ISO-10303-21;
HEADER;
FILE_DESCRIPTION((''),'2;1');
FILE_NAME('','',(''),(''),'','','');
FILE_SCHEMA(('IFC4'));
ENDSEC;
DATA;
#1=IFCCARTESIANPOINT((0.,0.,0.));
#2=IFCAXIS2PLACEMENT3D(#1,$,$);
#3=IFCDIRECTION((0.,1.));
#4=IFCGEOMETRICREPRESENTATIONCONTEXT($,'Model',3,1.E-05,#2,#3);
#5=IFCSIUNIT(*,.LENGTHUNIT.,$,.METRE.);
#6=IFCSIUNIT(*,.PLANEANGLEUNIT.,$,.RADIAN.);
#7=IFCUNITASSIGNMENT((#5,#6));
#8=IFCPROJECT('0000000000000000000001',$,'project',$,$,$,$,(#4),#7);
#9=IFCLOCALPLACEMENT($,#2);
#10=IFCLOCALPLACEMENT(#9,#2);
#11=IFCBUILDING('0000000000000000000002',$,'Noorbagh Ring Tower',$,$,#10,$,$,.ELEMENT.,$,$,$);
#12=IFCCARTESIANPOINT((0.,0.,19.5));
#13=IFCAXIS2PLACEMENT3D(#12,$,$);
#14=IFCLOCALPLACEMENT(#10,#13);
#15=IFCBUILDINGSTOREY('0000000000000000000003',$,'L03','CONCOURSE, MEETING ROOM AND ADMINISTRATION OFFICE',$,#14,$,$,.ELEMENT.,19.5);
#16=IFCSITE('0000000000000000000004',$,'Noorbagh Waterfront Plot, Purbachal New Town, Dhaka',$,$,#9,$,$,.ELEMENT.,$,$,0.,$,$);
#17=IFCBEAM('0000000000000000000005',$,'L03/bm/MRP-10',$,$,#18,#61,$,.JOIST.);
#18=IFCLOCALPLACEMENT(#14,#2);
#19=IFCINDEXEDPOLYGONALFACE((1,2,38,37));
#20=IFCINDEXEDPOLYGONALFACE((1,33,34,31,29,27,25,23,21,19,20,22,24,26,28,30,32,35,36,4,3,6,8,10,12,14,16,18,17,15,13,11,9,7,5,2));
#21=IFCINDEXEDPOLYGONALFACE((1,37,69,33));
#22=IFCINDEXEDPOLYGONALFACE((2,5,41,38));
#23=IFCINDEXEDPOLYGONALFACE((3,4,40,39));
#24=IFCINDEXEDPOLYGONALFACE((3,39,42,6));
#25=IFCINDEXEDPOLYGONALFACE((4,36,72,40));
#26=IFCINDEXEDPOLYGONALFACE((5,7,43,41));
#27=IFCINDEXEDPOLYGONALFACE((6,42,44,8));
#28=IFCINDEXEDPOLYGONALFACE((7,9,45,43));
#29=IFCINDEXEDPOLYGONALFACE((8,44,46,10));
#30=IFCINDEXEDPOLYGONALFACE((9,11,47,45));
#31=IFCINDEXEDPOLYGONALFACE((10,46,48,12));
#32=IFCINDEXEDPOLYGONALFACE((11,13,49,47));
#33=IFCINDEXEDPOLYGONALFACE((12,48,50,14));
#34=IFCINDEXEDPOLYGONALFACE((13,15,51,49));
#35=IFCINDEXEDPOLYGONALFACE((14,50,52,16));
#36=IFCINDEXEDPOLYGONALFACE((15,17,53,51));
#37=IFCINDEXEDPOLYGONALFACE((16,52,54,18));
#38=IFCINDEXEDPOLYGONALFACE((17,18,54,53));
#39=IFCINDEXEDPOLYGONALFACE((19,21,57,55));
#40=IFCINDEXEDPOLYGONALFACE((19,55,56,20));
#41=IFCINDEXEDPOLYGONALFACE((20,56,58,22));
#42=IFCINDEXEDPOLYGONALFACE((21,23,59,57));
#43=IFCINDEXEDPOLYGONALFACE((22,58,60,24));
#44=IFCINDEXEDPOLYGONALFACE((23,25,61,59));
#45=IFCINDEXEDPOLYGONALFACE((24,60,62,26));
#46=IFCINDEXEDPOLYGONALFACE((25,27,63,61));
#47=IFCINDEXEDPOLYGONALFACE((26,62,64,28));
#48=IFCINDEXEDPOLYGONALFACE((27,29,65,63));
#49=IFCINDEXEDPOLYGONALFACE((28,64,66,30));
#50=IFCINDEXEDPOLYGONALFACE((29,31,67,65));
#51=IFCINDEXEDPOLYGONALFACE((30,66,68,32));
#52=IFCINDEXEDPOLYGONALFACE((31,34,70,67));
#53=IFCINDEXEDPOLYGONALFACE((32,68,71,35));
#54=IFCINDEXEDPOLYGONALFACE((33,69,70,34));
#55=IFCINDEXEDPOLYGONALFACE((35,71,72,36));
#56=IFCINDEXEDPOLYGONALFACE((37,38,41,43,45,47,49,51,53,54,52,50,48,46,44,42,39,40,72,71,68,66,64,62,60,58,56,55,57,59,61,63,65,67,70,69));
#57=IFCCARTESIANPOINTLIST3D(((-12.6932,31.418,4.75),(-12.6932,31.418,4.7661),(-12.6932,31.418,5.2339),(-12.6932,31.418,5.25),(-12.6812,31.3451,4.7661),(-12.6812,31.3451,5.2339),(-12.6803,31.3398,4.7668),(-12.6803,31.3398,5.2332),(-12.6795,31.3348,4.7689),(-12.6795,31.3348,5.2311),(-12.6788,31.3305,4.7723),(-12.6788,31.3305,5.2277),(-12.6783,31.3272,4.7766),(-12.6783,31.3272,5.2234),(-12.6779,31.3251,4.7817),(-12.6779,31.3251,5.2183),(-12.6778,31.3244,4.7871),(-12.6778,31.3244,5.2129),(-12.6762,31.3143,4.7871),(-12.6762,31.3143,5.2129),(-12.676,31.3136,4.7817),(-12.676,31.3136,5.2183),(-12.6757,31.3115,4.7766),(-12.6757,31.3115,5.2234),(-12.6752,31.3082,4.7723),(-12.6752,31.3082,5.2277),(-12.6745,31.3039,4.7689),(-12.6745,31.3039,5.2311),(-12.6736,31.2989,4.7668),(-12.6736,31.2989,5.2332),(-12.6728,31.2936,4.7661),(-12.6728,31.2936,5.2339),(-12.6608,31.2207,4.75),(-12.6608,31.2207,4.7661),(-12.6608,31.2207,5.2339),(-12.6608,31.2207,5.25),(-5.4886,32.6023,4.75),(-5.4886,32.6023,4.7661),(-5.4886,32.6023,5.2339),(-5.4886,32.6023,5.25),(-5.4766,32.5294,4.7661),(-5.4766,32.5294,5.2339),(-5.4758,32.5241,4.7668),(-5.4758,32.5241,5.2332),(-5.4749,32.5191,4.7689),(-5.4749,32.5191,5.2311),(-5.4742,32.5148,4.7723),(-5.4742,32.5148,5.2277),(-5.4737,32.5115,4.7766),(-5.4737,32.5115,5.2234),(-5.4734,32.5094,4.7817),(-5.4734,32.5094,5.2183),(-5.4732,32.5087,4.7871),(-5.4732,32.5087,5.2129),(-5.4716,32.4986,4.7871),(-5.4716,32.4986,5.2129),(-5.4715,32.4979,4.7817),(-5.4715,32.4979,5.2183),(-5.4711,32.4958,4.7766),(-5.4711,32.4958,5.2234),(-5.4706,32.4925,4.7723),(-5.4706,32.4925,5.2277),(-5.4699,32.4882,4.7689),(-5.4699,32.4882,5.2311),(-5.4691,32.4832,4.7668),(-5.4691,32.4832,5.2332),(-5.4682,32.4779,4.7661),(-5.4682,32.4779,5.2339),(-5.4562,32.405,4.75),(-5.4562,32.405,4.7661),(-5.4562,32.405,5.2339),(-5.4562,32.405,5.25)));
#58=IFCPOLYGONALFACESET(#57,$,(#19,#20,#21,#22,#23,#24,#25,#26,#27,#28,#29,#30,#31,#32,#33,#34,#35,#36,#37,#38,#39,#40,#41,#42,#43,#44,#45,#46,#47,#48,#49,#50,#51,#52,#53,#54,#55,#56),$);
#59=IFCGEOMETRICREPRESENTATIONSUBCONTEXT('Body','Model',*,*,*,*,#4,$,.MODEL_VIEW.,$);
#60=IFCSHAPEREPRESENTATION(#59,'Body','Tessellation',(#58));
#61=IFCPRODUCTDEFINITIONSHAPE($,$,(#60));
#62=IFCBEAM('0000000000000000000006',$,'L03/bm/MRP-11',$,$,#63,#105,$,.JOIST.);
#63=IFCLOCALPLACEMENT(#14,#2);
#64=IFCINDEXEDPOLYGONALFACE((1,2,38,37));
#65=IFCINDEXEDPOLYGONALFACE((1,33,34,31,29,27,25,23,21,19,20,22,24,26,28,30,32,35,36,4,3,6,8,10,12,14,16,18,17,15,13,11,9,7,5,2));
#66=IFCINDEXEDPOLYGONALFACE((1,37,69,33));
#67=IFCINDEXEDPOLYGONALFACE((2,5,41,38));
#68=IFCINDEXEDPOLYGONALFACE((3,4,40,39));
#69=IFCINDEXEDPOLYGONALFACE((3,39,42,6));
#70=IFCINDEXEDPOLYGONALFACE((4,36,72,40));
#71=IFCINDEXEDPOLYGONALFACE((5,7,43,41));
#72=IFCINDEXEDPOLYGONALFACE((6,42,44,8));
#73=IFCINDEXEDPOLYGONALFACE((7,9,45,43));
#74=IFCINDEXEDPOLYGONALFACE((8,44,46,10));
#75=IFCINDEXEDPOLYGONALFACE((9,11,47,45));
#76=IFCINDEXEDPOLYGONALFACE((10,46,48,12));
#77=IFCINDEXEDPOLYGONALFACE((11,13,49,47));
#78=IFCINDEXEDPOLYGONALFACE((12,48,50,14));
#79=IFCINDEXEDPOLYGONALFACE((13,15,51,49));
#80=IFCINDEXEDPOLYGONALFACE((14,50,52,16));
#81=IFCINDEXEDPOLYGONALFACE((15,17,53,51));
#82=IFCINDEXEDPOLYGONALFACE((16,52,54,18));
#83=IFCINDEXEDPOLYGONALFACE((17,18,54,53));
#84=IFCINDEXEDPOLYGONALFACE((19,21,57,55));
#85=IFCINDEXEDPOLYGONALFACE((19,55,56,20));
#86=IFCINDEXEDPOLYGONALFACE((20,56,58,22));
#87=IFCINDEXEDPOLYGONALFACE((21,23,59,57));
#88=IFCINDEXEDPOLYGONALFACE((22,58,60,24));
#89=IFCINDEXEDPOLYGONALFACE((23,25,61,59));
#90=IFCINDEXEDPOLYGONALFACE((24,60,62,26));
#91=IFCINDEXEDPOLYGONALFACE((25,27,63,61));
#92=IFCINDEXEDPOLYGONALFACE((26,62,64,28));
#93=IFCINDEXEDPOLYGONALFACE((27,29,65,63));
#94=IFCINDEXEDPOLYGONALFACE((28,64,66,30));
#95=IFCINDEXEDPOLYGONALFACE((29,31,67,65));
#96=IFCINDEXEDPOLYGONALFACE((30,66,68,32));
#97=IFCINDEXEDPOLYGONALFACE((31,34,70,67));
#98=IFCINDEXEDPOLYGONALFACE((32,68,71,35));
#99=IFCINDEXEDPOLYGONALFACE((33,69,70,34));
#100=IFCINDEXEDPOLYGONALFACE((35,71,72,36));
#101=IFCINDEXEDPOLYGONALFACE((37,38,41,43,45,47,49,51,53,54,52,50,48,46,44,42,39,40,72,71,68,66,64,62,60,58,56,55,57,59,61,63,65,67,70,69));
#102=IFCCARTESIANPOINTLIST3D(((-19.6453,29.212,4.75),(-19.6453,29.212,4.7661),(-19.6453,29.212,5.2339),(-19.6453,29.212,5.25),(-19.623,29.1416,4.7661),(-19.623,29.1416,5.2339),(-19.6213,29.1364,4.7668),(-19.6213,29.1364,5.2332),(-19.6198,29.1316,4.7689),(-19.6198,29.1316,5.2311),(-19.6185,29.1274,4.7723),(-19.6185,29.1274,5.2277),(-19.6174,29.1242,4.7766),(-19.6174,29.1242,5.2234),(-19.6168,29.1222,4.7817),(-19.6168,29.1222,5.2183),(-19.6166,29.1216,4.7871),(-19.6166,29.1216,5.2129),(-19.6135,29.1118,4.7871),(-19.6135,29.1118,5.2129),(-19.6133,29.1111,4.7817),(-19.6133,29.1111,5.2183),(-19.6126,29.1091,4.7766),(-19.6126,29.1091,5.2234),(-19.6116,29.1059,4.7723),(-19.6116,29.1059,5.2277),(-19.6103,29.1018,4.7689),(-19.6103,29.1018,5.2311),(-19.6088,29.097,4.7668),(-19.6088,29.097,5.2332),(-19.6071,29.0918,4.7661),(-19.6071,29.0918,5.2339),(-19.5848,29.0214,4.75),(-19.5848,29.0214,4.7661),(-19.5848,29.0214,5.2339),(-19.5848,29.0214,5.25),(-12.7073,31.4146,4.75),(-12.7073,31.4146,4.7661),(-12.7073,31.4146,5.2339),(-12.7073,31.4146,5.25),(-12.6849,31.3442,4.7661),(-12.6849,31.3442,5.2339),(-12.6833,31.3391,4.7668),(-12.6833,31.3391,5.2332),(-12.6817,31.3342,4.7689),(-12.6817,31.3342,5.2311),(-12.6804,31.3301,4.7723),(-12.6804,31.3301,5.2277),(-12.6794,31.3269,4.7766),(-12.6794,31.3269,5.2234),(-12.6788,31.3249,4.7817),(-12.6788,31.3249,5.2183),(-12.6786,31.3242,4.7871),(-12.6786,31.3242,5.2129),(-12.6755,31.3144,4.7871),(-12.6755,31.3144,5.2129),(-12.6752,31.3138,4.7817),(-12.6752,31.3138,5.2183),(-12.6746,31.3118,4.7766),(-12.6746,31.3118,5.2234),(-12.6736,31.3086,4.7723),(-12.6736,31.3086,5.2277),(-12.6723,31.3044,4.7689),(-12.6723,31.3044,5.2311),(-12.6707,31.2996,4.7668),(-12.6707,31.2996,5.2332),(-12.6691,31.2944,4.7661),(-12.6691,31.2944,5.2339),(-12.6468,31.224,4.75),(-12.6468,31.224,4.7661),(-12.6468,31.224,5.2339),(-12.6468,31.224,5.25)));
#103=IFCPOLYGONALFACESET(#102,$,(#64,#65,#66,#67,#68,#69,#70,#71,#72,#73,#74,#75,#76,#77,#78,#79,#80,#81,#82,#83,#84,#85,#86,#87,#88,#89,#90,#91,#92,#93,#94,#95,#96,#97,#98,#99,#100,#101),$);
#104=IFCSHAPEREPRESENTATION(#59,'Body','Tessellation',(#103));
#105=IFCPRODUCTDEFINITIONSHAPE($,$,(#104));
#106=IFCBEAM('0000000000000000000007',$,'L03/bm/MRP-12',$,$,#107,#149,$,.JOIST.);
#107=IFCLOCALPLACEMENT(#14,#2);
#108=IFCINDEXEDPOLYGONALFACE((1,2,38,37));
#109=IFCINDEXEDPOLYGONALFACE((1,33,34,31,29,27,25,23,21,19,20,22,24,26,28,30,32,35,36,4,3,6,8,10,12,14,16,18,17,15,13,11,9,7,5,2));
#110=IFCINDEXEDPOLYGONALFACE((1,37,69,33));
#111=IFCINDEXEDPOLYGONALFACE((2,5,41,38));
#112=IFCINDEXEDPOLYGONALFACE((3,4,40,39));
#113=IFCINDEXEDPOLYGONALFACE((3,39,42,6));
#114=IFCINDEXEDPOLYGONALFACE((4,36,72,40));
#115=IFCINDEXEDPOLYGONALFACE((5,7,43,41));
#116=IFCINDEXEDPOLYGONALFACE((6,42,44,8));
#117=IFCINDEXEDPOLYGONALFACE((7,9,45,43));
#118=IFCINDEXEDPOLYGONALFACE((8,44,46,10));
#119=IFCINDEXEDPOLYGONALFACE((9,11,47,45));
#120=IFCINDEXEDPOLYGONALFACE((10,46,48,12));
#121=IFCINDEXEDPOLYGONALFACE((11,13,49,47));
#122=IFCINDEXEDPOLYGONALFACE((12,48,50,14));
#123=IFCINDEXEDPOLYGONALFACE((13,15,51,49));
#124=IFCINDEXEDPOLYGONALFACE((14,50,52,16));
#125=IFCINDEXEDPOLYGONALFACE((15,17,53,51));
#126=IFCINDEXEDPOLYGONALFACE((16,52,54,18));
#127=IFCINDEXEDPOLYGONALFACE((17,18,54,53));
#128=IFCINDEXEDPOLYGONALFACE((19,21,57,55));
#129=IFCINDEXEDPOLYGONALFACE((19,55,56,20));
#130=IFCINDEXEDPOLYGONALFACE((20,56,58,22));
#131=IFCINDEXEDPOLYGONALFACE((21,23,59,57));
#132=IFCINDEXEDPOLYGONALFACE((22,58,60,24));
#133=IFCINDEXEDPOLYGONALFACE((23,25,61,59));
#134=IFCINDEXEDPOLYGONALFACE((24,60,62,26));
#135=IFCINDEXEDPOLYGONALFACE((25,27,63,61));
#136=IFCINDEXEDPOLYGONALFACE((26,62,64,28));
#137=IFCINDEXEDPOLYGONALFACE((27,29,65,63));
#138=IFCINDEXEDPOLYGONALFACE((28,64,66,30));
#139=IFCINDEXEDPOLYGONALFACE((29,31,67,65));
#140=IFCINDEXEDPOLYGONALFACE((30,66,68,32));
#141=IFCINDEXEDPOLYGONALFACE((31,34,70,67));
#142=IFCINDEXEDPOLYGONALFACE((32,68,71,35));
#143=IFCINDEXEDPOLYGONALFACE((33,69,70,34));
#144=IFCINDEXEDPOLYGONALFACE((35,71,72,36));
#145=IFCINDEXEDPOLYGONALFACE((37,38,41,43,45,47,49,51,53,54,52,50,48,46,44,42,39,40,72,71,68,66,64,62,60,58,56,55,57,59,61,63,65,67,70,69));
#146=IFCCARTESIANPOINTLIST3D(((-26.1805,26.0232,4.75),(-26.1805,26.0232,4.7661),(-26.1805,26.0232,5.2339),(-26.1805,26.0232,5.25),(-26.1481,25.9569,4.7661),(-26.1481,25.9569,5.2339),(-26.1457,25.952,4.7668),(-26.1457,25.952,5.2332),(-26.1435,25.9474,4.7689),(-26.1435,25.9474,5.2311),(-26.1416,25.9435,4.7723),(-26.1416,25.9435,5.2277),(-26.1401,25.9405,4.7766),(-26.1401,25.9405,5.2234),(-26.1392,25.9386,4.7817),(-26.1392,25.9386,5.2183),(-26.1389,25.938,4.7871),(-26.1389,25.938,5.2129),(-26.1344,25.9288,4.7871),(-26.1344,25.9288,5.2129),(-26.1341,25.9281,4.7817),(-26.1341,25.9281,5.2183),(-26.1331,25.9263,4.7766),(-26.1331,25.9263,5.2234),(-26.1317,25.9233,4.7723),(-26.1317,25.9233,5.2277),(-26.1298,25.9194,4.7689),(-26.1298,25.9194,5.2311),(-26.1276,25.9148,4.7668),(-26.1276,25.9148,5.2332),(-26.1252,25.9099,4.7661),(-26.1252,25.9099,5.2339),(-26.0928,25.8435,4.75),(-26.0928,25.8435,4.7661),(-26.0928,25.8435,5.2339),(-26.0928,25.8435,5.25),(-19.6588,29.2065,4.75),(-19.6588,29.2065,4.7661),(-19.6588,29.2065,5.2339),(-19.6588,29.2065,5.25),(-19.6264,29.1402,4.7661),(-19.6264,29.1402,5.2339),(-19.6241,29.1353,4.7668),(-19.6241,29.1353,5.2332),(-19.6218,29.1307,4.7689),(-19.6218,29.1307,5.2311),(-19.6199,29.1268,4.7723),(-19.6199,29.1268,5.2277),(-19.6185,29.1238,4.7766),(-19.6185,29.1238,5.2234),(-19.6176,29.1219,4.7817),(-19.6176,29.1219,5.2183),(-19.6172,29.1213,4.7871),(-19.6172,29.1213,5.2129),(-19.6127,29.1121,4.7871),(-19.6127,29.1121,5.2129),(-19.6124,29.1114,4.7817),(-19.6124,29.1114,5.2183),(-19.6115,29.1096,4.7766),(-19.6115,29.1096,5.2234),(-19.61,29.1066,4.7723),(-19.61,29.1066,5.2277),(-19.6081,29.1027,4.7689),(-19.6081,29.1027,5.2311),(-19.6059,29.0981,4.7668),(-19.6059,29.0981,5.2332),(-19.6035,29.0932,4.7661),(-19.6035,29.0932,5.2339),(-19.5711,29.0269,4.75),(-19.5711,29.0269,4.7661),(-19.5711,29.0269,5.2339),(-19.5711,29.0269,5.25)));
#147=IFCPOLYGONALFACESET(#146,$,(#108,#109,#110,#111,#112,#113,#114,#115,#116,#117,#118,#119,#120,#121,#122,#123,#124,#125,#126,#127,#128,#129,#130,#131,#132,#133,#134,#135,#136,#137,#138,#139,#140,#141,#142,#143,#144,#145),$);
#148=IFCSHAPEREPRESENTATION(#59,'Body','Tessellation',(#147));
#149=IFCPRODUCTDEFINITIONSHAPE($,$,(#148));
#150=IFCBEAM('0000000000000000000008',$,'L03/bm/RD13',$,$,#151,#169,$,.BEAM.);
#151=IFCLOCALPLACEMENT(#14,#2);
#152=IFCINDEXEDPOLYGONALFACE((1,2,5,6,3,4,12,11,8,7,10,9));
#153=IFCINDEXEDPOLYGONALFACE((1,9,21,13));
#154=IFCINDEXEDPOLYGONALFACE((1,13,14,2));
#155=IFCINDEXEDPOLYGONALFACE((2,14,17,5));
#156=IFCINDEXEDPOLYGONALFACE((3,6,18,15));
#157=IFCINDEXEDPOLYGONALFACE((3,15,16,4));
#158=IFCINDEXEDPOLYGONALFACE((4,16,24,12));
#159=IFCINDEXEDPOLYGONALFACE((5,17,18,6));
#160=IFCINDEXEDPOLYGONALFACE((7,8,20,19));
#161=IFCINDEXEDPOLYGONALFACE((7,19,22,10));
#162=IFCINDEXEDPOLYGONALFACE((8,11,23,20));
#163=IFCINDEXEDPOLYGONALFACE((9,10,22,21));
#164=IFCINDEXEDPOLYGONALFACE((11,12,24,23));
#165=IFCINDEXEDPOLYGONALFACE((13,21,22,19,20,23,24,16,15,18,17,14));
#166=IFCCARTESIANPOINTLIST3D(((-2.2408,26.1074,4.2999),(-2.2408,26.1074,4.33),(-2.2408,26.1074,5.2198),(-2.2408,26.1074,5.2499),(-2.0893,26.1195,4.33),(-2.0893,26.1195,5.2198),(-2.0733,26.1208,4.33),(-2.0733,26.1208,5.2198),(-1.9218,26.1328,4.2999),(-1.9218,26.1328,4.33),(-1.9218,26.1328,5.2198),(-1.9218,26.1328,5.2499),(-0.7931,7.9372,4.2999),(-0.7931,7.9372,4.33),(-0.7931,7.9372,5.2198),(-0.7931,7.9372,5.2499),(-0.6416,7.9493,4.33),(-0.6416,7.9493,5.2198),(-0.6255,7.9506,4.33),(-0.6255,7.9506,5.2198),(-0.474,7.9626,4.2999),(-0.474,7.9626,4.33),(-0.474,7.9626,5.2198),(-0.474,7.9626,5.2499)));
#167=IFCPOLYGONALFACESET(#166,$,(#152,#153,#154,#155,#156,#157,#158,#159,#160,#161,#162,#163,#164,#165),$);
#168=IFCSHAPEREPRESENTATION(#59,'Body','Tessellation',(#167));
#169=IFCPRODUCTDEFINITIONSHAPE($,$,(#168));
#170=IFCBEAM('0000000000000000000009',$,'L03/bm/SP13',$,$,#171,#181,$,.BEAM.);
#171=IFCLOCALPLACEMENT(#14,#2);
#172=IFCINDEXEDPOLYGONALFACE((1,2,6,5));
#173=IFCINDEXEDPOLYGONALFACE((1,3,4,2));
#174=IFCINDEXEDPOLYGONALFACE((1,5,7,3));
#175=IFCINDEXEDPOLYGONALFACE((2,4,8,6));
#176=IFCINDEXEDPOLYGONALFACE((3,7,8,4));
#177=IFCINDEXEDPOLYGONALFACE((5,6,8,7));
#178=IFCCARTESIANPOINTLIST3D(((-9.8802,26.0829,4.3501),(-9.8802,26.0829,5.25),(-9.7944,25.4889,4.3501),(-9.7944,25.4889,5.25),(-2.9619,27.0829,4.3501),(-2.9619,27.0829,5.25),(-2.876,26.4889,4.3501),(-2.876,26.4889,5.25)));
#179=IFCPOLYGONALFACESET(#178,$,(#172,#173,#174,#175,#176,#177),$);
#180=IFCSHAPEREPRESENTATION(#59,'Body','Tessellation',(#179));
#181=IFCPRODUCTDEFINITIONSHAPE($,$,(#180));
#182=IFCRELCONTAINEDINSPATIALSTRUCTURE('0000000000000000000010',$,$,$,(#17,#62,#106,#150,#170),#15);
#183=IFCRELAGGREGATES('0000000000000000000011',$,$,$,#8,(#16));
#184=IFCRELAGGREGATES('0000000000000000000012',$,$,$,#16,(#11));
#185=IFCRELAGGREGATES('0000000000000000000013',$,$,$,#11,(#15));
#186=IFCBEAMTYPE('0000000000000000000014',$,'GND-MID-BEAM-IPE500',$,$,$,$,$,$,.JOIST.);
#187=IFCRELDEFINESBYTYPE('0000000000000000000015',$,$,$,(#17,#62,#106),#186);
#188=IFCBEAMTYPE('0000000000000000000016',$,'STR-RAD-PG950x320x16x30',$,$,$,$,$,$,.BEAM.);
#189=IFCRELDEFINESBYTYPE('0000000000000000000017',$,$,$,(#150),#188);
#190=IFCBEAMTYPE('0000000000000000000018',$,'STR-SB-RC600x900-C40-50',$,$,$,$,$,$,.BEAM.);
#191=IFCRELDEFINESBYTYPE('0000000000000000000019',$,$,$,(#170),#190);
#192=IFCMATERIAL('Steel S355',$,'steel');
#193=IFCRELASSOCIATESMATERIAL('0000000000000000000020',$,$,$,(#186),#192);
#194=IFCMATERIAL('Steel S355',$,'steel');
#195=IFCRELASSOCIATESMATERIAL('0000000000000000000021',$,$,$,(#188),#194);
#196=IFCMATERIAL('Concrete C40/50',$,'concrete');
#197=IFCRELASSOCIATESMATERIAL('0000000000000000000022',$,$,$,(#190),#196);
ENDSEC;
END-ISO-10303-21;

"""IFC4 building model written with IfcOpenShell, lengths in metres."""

from ifc_helpers import new_model, si_unit, direction, frame, origin, origin_2d, place, context, subcontext, project, spatial, rectangle, i_section, extrude, material, material_profile, profile_set, type_object, element, save


model = new_model("IFC4")

# Units and contexts
model_context = context("Model", 3, precision=1e-05, world=origin(), true_north=direction((0.0, 1.0)))
body_context = subcontext(model_context, "Body", "Model", "MODEL_VIEW")
ifc_project = project(units=[si_unit("LENGTHUNIT", "METRE"), si_unit("PLANEANGLEUNIT", "RADIAN")], contexts=[model_context])

# Site, building, storey
site_placement = place(None, origin())
site = spatial("IfcSite", under=ifc_project, at=site_placement, Name="Noorbagh Waterfront Plot, Purbachal New Town, Dhaka", CompositionType="ELEMENT", RefElevation=0.0)
building_placement = place(site_placement, origin())
building = spatial("IfcBuilding", under=site, at=building_placement, Name="Noorbagh Ring Tower", CompositionType="ELEMENT")
storey_placement = place(building_placement, frame((0.0, 0.0, 19.5)))
storey = spatial("IfcBuildingStorey", under=building, at=storey_placement, Name="L03", Description="CONCOURSE, MEETING ROOM AND ADMINISTRATION OFFICE", CompositionType="ELEMENT", Elevation=19.5)

# Beams
ifc_material_1 = material(Name="Steel S355", Category="steel")
ifc_material_profile_1 = material_profile(ifc_material_1, i_section(OverallWidth=0.2, OverallDepth=0.5, WebThickness=0.0103, FlangeThickness=0.0161, FilletRadius=0.021, at=origin_2d()), Name="IPE500")
ifc_profile_set_1 = profile_set([ifc_material_profile_1], Name="Steel S355")
beam_type_1 = type_object("IfcBeamType", Name="GND-MID-BEAM-IPE500", PredefinedType="JOIST", material=ifc_profile_set_1)
beam_1_placement = place(storey_placement, frame((-5.4724, 32.5037, 5.0), z_axis=(-0.986757, -0.162208, 0.0), x_axis=(0.162208, -0.986757, 0.0)))
element("IfcBeam", 1, at=beam_1_placement, inside=storey, type_object=beam_type_1, Name="L03/bm/MRP-10", PredefinedType="JOIST", context=body_context, shape_type="SweptSolid", body=[
    extrude(i_section(OverallWidth=0.2, OverallDepth=0.5, WebThickness=0.0103, FlangeThickness=0.0161, FilletRadius=0.021, at=origin_2d()), origin(), (0.0, 0.0, 1.0), 7.3013),
])
beam_2_placement = place(storey_placement, frame((-12.677, 31.3193, 5.0), z_axis=(-0.95312, -0.302592, 0.0), x_axis=(0.302592, -0.95312, 0.0)))
element("IfcBeam", 2, at=beam_2_placement, inside=storey, type_object=beam_type_1, Name="L03/bm/MRP-11", PredefinedType="JOIST", context=body_context, shape_type="SweptSolid", body=[
    extrude(i_section(OverallWidth=0.2, OverallDepth=0.5, WebThickness=0.0103, FlangeThickness=0.0161, FilletRadius=0.021, at=origin_2d()), origin(), (0.0, 0.0, 1.0), 7.2793),
])
beam_3_placement = place(storey_placement, frame((-19.615, 29.1167, 5.0), z_axis=(-0.898659, -0.438648, 0.0), x_axis=(0.438648, -0.898659, 0.0)))
element("IfcBeam", 3, at=beam_3_placement, inside=storey, type_object=beam_type_1, Name="L03/bm/MRP-12", PredefinedType="JOIST", context=body_context, shape_type="SweptSolid", body=[
    extrude(i_section(OverallWidth=0.2, OverallDepth=0.5, WebThickness=0.0103, FlangeThickness=0.0161, FilletRadius=0.021, at=origin_2d()), origin(), (0.0, 0.0, 1.0), 7.2571),
])
ifc_material_2 = material(Name="Steel S355", Category="steel")
ifc_material_profile_2 = material_profile(ifc_material_2, i_section(OverallWidth=0.3201, OverallDepth=0.95, WebThickness=0.0161, FlangeThickness=0.03, at=origin_2d()), Name="PG950x320x16x30")
ifc_profile_set_2 = profile_set([ifc_material_profile_2], Name="Steel S355")
beam_type_2 = type_object("IfcBeamType", Name="STR-RAD-PG950x320x16x30", PredefinedType="BEAM", material=ifc_profile_set_2)
beam_4_placement = place(storey_placement, frame((-2.0813, 26.1201, 4.7749), z_axis=(0.079426, -0.996841, 0.0), x_axis=(0.996841, 0.079426, 0.0)))
element("IfcBeam", 4, at=beam_4_placement, inside=storey, type_object=beam_type_2, Name="L03/bm/RD13", PredefinedType="BEAM", context=body_context, shape_type="SweptSolid", body=[
    extrude(i_section(OverallWidth=0.3201, OverallDepth=0.95, WebThickness=0.0161, FlangeThickness=0.03, at=origin_2d()), origin(), (0.0, 0.0, 1.0), 18.2278),
])
ifc_material_3 = material(Name="Concrete C40/50", Category="concrete")
ifc_material_profile_3 = material_profile(ifc_material_3, rectangle(XDim=0.6001, YDim=0.8999, at=origin_2d()), Name="RC600x900")
ifc_profile_set_3 = profile_set([ifc_material_profile_3], Name="Concrete C40/50")
beam_type_3 = type_object("IfcBeamType", Name="STR-SB-RC600x900-C40-50", PredefinedType="BEAM", material=ifc_profile_set_3)
beam_5_placement = place(storey_placement, frame((-2.9189, 26.7859, 4.8), z_axis=(-0.989715, -0.143054, 0.0), x_axis=(0.143054, -0.989715, 0.0)))
element("IfcBeam", 5, at=beam_5_placement, inside=storey, type_object=beam_type_3, Name="L03/bm/SP13", PredefinedType="BEAM", context=body_context, shape_type="SweptSolid", body=[
    extrude(rectangle(XDim=0.6001, YDim=0.8999, at=origin_2d()), origin(), (0.0, 0.0, 1.0), 6.9902),
])

save(model, "model.ifc")
